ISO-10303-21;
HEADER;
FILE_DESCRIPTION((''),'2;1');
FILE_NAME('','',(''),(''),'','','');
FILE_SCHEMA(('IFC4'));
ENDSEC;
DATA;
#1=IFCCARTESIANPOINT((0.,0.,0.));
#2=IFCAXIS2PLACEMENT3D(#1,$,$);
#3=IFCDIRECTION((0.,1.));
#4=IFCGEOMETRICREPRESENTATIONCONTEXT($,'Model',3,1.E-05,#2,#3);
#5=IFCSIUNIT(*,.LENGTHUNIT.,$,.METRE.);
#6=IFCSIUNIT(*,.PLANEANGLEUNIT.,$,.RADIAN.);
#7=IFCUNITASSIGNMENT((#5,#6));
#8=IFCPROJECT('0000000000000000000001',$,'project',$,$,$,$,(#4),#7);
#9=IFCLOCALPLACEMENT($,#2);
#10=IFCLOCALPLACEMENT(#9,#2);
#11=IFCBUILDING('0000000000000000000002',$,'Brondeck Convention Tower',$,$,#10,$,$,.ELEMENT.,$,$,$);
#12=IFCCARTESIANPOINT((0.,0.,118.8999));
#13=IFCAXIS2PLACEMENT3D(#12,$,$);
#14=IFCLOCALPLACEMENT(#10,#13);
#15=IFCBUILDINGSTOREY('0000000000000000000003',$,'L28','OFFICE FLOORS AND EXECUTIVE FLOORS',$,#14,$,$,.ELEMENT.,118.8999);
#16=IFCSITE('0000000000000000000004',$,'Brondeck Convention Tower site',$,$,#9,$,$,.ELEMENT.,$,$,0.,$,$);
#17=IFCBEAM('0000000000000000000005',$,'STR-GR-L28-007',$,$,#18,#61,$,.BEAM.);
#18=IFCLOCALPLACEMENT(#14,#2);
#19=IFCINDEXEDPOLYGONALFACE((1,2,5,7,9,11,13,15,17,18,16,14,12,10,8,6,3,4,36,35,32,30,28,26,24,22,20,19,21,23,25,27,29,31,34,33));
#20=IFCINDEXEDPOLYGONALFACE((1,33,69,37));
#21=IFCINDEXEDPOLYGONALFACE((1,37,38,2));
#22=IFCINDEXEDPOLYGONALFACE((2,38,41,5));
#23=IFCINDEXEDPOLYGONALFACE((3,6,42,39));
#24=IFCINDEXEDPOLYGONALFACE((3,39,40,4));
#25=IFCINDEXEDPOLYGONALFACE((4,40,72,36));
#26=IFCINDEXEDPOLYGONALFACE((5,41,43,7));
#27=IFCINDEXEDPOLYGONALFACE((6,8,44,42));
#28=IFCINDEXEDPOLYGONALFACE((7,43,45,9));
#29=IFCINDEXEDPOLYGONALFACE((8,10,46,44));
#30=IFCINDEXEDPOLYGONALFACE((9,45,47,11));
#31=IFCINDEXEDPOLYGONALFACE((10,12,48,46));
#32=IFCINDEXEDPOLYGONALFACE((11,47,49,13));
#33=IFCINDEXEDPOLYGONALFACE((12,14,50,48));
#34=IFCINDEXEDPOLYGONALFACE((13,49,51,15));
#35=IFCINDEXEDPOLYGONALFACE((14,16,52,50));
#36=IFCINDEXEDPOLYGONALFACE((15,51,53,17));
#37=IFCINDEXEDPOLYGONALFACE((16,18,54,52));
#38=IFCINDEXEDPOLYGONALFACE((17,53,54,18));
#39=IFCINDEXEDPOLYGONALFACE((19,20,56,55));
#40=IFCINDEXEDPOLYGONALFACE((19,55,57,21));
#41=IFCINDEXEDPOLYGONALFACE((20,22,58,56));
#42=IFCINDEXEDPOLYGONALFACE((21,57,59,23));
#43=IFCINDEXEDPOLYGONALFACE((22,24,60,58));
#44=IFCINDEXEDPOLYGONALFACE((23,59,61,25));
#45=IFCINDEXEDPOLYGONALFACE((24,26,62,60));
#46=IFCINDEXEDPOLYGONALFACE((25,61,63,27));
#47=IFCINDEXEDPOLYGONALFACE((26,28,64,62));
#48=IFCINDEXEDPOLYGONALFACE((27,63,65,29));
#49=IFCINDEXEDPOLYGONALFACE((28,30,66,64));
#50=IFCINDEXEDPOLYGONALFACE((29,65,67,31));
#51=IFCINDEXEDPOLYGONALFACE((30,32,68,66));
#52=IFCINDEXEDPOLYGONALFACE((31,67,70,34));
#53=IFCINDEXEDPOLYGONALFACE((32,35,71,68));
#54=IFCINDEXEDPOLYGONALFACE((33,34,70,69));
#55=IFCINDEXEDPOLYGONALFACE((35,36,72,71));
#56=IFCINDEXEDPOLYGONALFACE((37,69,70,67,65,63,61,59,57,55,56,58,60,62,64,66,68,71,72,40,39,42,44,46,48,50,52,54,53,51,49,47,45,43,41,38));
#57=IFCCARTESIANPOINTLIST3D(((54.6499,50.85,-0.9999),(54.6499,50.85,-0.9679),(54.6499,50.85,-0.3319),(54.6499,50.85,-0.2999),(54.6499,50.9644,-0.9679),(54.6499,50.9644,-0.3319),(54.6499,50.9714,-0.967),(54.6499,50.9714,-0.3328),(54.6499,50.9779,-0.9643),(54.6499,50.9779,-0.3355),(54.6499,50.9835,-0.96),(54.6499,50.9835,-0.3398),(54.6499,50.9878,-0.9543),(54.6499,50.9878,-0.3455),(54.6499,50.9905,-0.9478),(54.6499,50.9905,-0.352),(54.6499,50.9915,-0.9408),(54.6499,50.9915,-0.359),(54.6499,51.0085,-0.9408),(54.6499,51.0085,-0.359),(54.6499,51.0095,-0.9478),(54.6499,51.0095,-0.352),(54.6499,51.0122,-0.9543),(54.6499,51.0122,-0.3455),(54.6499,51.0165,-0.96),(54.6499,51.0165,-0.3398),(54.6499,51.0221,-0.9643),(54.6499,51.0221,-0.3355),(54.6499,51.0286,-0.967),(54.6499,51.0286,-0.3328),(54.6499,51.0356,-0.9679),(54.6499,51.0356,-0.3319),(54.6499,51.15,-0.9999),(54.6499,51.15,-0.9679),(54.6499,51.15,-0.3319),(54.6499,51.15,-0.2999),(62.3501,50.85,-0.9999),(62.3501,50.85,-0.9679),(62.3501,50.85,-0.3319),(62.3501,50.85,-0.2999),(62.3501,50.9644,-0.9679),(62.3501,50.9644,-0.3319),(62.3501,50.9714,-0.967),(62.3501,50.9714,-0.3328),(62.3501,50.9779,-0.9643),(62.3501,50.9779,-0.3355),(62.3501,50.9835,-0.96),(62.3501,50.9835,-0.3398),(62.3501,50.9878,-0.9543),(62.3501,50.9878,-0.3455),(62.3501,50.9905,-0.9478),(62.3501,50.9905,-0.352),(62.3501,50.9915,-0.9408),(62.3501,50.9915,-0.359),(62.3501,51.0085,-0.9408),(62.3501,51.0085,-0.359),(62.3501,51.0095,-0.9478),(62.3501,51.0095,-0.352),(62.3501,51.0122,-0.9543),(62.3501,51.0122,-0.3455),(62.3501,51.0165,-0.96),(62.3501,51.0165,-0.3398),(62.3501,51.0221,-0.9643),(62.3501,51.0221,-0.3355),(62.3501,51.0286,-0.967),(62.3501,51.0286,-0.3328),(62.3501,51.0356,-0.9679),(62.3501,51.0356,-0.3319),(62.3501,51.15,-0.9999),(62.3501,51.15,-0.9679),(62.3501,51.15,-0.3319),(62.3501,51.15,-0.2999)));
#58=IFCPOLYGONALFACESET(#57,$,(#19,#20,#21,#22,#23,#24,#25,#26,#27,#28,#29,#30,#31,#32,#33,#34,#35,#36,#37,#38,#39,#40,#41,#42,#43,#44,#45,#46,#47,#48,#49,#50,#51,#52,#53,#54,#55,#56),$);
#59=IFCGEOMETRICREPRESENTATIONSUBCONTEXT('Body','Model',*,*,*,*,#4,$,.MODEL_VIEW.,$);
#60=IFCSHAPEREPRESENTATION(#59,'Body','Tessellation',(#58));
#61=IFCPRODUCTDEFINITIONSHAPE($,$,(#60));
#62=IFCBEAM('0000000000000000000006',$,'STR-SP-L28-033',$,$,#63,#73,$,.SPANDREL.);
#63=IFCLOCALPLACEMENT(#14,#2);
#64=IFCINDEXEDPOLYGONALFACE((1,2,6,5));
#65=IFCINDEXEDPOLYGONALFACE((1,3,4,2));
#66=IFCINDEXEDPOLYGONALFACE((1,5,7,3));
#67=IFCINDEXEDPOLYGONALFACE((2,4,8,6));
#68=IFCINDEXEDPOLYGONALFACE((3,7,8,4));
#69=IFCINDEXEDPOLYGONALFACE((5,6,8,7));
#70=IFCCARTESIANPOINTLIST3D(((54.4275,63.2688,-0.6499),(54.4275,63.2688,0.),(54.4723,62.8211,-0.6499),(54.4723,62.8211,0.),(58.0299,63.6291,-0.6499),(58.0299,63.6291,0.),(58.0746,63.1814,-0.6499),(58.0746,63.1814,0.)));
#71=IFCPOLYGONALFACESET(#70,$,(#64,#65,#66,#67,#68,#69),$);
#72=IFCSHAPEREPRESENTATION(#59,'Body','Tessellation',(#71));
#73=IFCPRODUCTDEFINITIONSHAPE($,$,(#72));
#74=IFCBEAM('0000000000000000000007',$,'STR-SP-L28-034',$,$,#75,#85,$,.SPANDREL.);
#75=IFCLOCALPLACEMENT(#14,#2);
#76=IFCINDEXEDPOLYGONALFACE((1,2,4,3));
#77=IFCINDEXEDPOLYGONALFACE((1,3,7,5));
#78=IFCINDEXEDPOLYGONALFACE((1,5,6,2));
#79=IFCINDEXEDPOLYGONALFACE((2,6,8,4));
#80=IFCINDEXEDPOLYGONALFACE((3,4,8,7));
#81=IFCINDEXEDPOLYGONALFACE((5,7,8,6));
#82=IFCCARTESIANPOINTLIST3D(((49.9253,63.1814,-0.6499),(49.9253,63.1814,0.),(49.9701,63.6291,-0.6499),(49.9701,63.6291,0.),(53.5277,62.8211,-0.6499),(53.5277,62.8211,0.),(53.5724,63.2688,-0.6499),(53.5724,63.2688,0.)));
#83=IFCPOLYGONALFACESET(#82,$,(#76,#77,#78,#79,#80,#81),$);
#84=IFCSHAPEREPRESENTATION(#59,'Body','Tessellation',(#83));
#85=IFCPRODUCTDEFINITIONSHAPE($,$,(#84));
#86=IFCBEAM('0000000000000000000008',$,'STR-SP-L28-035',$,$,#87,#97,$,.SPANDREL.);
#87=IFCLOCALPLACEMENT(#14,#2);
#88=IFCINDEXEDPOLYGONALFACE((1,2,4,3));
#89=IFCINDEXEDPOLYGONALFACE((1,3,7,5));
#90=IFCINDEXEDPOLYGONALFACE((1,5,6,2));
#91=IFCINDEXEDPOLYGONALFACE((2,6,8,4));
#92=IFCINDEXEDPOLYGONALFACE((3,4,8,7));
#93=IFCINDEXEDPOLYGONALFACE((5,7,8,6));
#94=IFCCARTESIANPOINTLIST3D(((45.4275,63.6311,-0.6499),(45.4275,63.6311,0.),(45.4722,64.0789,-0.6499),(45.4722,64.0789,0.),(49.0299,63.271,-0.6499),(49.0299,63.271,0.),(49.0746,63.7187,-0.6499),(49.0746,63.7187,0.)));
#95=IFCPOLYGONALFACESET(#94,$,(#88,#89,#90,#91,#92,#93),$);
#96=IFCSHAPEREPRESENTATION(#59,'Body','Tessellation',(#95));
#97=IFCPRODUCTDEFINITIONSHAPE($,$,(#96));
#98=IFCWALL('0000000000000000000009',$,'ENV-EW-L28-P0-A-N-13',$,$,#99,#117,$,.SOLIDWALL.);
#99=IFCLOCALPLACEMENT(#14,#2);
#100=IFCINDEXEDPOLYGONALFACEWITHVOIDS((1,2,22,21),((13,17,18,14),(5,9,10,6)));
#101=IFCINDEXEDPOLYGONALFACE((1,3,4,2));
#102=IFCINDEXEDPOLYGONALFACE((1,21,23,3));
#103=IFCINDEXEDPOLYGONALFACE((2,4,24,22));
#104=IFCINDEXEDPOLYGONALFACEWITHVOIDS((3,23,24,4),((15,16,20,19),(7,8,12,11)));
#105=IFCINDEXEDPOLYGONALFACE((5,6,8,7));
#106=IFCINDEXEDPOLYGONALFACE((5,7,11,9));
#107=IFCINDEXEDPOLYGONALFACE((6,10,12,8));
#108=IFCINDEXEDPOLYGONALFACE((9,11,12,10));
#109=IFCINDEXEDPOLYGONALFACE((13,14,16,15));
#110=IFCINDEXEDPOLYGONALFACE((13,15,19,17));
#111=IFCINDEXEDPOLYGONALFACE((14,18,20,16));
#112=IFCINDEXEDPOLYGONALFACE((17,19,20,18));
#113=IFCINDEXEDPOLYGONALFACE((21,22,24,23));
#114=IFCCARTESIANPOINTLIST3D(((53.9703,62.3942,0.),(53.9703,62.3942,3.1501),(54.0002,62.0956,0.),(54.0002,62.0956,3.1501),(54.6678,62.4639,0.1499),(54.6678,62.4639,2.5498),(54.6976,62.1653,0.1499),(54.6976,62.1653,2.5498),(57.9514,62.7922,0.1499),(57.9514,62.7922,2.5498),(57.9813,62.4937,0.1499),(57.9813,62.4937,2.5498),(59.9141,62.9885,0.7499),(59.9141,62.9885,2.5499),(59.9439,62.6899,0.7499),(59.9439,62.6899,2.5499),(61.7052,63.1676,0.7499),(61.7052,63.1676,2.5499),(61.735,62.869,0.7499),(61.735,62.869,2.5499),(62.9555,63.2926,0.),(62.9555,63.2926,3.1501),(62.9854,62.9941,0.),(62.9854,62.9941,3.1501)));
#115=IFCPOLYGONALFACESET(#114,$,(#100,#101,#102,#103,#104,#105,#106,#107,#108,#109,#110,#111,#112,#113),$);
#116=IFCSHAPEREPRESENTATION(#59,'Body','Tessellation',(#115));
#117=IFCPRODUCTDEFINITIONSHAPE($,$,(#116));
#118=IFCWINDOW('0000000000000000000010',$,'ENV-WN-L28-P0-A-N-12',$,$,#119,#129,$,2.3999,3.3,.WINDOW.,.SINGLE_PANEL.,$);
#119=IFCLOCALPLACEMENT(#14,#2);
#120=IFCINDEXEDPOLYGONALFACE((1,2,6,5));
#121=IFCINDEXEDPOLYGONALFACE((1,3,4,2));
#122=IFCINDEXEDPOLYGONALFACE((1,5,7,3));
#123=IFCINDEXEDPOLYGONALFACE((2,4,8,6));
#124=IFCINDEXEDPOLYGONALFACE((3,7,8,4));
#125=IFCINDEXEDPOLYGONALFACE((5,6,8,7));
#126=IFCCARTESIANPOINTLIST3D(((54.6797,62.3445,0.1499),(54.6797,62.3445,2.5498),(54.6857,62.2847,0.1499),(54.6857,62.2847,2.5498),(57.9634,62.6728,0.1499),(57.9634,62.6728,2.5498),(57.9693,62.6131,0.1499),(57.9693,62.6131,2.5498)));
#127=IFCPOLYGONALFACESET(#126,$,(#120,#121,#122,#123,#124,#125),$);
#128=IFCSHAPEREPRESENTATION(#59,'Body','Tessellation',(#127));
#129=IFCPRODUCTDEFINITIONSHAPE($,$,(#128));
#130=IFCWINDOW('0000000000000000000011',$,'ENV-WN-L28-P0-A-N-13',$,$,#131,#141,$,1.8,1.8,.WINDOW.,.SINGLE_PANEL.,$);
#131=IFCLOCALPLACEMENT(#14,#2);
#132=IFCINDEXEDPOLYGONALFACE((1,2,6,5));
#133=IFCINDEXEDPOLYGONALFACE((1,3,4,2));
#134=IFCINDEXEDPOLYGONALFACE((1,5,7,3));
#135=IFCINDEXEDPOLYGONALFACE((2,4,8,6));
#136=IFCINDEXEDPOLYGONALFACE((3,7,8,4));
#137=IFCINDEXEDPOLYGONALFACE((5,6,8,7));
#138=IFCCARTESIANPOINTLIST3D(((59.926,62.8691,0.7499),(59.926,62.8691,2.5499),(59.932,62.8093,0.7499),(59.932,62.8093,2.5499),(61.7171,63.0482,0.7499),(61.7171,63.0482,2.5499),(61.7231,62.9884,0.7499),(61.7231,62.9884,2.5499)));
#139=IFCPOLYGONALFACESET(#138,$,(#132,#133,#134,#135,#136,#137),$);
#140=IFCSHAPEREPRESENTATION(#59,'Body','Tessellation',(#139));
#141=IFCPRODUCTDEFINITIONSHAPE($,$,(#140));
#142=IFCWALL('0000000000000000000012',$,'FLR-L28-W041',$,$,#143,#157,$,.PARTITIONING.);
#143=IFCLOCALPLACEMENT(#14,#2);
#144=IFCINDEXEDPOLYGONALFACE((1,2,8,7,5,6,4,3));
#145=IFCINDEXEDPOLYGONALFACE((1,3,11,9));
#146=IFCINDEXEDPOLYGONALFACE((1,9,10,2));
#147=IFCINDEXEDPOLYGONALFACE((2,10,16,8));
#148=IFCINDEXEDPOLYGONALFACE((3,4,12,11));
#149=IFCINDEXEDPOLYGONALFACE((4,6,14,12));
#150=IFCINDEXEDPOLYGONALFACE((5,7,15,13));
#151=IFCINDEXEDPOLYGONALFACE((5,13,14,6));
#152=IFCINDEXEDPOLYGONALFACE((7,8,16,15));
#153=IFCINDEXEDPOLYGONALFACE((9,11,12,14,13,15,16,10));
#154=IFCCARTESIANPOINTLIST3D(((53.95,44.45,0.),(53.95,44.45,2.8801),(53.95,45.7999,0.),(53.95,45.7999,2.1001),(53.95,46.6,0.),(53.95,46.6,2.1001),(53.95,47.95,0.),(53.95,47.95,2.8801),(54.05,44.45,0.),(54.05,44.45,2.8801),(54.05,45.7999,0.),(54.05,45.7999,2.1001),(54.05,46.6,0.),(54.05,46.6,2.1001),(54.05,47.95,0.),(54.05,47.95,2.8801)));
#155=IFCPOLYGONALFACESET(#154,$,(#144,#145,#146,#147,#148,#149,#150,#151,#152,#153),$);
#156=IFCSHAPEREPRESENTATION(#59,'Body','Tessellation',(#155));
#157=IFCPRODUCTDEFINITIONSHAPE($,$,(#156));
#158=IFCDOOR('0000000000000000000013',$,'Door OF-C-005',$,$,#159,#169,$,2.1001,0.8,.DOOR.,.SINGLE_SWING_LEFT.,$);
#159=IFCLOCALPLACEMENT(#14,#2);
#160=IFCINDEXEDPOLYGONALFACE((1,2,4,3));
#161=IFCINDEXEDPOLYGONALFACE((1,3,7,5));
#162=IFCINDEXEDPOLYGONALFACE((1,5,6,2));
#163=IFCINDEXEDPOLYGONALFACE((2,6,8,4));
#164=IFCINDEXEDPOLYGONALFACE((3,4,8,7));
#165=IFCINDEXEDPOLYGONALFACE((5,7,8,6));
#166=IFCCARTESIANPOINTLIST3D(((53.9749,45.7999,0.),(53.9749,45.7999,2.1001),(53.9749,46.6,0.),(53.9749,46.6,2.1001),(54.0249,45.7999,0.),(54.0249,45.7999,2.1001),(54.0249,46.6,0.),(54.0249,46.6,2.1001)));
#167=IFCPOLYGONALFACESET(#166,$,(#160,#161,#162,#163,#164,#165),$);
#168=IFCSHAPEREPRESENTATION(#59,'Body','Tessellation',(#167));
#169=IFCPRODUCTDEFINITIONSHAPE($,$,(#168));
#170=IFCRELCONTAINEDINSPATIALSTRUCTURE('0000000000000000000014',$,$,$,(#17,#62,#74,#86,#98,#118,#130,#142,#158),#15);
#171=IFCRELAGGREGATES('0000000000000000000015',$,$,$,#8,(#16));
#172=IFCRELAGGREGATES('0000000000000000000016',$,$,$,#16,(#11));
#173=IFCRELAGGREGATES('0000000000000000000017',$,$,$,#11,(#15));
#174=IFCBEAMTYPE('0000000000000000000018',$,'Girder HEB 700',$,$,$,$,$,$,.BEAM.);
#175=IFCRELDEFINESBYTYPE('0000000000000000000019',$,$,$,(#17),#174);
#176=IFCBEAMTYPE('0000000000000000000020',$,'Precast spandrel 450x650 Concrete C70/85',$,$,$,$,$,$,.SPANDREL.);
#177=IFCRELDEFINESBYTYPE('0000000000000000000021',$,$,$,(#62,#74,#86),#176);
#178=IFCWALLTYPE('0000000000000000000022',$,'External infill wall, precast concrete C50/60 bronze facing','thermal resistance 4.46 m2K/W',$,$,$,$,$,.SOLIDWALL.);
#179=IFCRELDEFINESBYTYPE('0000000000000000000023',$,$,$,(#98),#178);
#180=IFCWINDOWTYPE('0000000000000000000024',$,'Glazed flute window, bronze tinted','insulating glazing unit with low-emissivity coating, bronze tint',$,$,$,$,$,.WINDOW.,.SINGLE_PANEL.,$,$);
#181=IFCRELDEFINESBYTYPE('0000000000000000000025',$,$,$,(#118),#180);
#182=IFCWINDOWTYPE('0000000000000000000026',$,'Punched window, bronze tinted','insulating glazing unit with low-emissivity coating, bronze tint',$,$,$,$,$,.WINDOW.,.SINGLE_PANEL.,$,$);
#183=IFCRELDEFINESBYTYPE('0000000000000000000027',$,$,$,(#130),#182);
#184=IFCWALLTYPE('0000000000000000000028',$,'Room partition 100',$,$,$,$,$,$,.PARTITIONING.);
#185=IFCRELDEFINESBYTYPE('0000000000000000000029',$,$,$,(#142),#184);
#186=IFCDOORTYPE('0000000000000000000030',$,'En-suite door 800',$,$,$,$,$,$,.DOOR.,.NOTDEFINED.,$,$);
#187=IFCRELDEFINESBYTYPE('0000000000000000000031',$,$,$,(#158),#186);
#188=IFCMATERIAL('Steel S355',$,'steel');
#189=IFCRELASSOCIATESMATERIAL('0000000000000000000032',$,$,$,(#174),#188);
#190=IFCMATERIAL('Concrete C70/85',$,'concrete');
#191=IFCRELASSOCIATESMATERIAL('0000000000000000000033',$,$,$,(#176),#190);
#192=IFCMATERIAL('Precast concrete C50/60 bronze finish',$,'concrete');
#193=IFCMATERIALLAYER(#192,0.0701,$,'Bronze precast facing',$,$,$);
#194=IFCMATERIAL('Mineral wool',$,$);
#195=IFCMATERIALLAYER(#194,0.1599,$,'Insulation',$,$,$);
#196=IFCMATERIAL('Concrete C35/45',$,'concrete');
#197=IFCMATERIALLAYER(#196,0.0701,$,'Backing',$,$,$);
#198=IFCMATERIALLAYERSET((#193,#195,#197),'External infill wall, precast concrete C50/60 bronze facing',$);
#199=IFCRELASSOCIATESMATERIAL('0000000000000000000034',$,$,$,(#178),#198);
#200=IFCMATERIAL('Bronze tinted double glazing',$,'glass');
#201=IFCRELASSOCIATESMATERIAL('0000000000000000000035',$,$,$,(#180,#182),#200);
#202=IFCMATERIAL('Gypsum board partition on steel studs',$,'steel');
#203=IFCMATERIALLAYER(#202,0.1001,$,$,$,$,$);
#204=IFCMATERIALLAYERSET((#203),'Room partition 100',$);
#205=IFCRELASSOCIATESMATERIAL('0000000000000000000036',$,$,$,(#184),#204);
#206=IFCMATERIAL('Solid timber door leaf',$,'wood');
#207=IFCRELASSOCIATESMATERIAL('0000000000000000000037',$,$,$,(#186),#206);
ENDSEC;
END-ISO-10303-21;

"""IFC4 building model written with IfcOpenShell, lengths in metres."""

from ifc_helpers import new_model, si_unit, direction, frame, frame_2d, origin, origin_2d, place, context, subcontext, project, spatial, rectangle, i_section, extrude, material, layer, layer_set, material_profile, profile_set, type_object, element, fill, save


model = new_model("IFC4")

# Units and contexts
model_context = context("Model", 3, precision=1e-05, world=origin(), true_north=direction((0.0, 1.0)))
body_context = subcontext(model_context, "Body", "Model", "MODEL_VIEW")
ifc_project = project(units=[si_unit("LENGTHUNIT", "METRE"), si_unit("PLANEANGLEUNIT", "RADIAN")], contexts=[model_context])

# Site, building, storey
site_placement = place(None, origin())
site = spatial("IfcSite", under=ifc_project, at=site_placement, Name="Brondeck Convention Tower site", CompositionType="ELEMENT", RefElevation=0.0)
building_placement = place(site_placement, origin())
building = spatial("IfcBuilding", under=site, at=building_placement, Name="Brondeck Convention Tower", CompositionType="ELEMENT")
storey_placement = place(building_placement, frame((0.0, 0.0, 118.8999)))
storey = spatial("IfcBuildingStorey", under=building, at=storey_placement, Name="L28", Description="OFFICE FLOORS AND EXECUTIVE FLOORS", CompositionType="ELEMENT", Elevation=118.8999)

# Shared definitions
ifc_material_1 = material(Name="Concrete C70/85", Category="concrete")

# Beams
ifc_material_2 = material(Name="Steel S355", Category="steel")
ifc_material_profile_1 = material_profile(ifc_material_2, i_section(OverallWidth=0.3, OverallDepth=0.7, WebThickness=0.0171, FlangeThickness=0.032, FilletRadius=0.0271, at=origin_2d()), Name="HEB 700")
ifc_profile_set_1 = profile_set([ifc_material_profile_1], Name="Steel S355")
beam_type_1 = type_object("IfcBeamType", Name="Girder HEB 700", PredefinedType="BEAM", material=ifc_profile_set_1)
for number, where, z_axis, x_axis, name in (
    (1, (54.6499, 51.0, -0.6499), (1.0, 0.0, 0.0), (0.0, 1.0, 0.0), "STR-GR-L28-007"),
):
    element("IfcBeam", number, at=place(storey_placement, frame(where, z_axis=z_axis, x_axis=x_axis)), inside=storey, type_object=beam_type_1, Name=name, PredefinedType="BEAM", context=body_context, shape_type="SweptSolid", body=[
        extrude(i_section(OverallWidth=0.3, OverallDepth=0.7, WebThickness=0.0171, FlangeThickness=0.032, FilletRadius=0.0271, at=origin_2d()), origin(), (0.0, 0.0, 1.0), 7.7002),
    ])
ifc_material_profile_2 = material_profile(ifc_material_1, rectangle(XDim=0.45, YDim=0.6499, at=origin_2d()), Name="Precast spandrel 450x650 Concrete C70/85")
ifc_profile_set_2 = profile_set([ifc_material_profile_2], Name="Concrete C70/85")
beam_type_2 = type_object("IfcBeamType", Name="Precast spandrel 450x650 Concrete C70/85", PredefinedType="SPANDREL", material=ifc_profile_set_2)
for number, where, z_axis, x_axis, name in (
    (2, (58.0522, 63.4053, -0.325), (-0.995034, -0.099537, 0.0), (0.099537, -0.995034, 0.0), "STR-SP-L28-033"),
    (3, (53.55, 63.0449, -0.325), (-0.995034, 0.099537, 0.0), (-0.099537, -0.995034, 0.0), "STR-SP-L28-034"),
    (4, (49.0522, 63.4949, -0.325), (-0.995041, 0.09947, 0.0), (-0.09947, -0.995041, 0.0), "STR-SP-L28-035"),
):
    element("IfcBeam", number, at=place(storey_placement, frame(where, z_axis=z_axis, x_axis=x_axis)), inside=storey, type_object=beam_type_2, Name=name, PredefinedType="SPANDREL", context=body_context, shape_type="SweptSolid", body=[
        extrude(rectangle(XDim=0.45, YDim=0.6499, at=origin_2d()), origin(), (0.0, 0.0, 1.0), 3.6204),
    ])

# Wall, openings, windows
ifc_material_3 = material(Name="Precast concrete C50/60 bronze finish", Category="concrete")
ifc_layer_1 = layer(ifc_material_3, 0.0701, Name="Bronze precast facing")
ifc_material_4 = material(Name="Mineral wool")
ifc_layer_2 = layer(ifc_material_4, 0.1599, Name="Insulation")
ifc_material_5 = material(Name="Concrete C35/45", Category="concrete")
ifc_layer_3 = layer(ifc_material_5, 0.0701, Name="Backing")
ifc_layer_set_1 = layer_set([ifc_layer_1, ifc_layer_2, ifc_layer_3], Name="External infill wall, precast concrete C50/60 bronze facing")
wall_type_1 = type_object("IfcWallType", Name="External infill wall, precast concrete C50/60 bronze facing", Description="thermal resistance 4.46 m2K/W", PredefinedType="SOLIDWALL", material=ifc_layer_set_1)
wall_1_placement = place(storey_placement, frame((53.9851, 62.2449, 0.0), z_axis=(0.0, 0.0, 1.0), x_axis=(0.995038, 0.099496, 0.0)))
wall_1 = element("IfcWall", 5, at=wall_1_placement, inside=storey, type_object=wall_type_1, Name="ENV-EW-L28-P0-A-N-13", PredefinedType="SOLIDWALL", context=body_context, shape_type="SweptSolid", body=[
    extrude(rectangle(XDim=9.03, YDim=0.3, at=frame_2d((4.5151, 0.0))), origin(), (0.0, 0.0, 1.0), 3.1501),
])
opening_1_placement = place(wall_1_placement, frame((0.7012, 0.0, 0.1499)))
opening_1 = element("IfcOpeningElement", 6, at=opening_1_placement, cuts=wall_1, PredefinedType="OPENING", context=body_context, shape_type="SweptSolid", body=[
    extrude(rectangle(XDim=3.3, YDim=2.3999, at=frame_2d((1.6499, 1.2))), frame((0.0, 0.1599, 0.0), z_axis=(0.0, -1.0, 0.0), x_axis=(1.0, 0.0, 0.0)), (0.0, 0.0, 1.0), 0.3201),
])
opening_2_placement = place(wall_1_placement, frame((5.9736, 0.0, 0.75)))
opening_2 = element("IfcOpeningElement", 7, at=opening_2_placement, cuts=wall_1, PredefinedType="OPENING", context=body_context, shape_type="SweptSolid", body=[
    extrude(rectangle(XDim=1.8, YDim=1.8, at=frame_2d((0.8999, 0.8999))), frame((0.0, 0.1599, 0.0), z_axis=(0.0, -1.0, 0.0), x_axis=(1.0, 0.0, 0.0)), (0.0, 0.0, 1.0), 0.3201),
])
ifc_material_6 = material(Name="Bronze tinted double glazing", Category="glass")
window_type_1 = type_object("IfcWindowType", Name="Glazed flute window, bronze tinted", Description="insulating glazing unit with low-emissivity coating, bronze tint", PartitioningType="SINGLE_PANEL", PredefinedType="WINDOW", material=ifc_material_6)
window_1_placement = place(opening_1_placement, origin())
window_1 = element("IfcWindow", 8, at=window_1_placement, inside=storey, type_object=window_type_1, Name="ENV-WN-L28-P0-A-N-12", OverallHeight=2.3999, OverallWidth=3.3, PartitioningType="SINGLE_PANEL", PredefinedType="WINDOW", context=body_context, shape_type="SweptSolid", body=[
    extrude(rectangle(XDim=3.3, YDim=2.3999, at=frame_2d((1.6499, 1.2))), frame((0.0, 0.03, 0.0), z_axis=(0.0, -1.0, 0.0), x_axis=(1.0, 0.0, 0.0)), (0.0, 0.0, 1.0), 0.0601),
])
fill(opening_1, window_1)
window_type_2 = type_object("IfcWindowType", Name="Punched window, bronze tinted", Description="insulating glazing unit with low-emissivity coating, bronze tint", PartitioningType="SINGLE_PANEL", PredefinedType="WINDOW", material=ifc_material_6)
window_2_placement = place(opening_2_placement, origin())
window_2 = element("IfcWindow", 9, at=window_2_placement, inside=storey, type_object=window_type_2, Name="ENV-WN-L28-P0-A-N-13", OverallHeight=1.8, OverallWidth=1.8, PartitioningType="SINGLE_PANEL", PredefinedType="WINDOW", context=body_context, shape_type="SweptSolid", body=[
    extrude(rectangle(XDim=1.8, YDim=1.8, at=frame_2d((0.8999, 0.8999))), frame((0.0, 0.03, 0.0), z_axis=(0.0, -1.0, 0.0), x_axis=(1.0, 0.0, 0.0)), (0.0, 0.0, 1.0), 0.0601),
])
fill(opening_2, window_2)

# Wall, opening, door
ifc_material_7 = material(Name="Gypsum board partition on steel studs", Category="steel")
ifc_layer_4 = layer(ifc_material_7, 0.1001)
ifc_layer_set_2 = layer_set([ifc_layer_4], Name="Room partition 100")
wall_type_2 = type_object("IfcWallType", Name="Room partition 100", PredefinedType="PARTITIONING", material=ifc_layer_set_2)
wall_2_placement = place(storey_placement, frame((54.0, 47.95, 0.0), z_axis=(0.0, 0.0, 1.0), x_axis=(0.0, -1.0, 0.0)))
wall_2 = element("IfcWall", 10, at=wall_2_placement, inside=storey, type_object=wall_type_2, Name="FLR-L28-W041", PredefinedType="PARTITIONING", context=body_context, shape_type="SweptSolid", body=[
    extrude(rectangle(XDim=3.5, YDim=0.1001, at=frame_2d((1.75, 0.0))), origin(), (0.0, 0.0, 1.0), 2.8801),
])
opening_3_placement = place(wall_2_placement, frame((1.3501, 0.0, 0.0)))
opening_3 = element("IfcOpeningElement", 11, at=opening_3_placement, cuts=wall_2, PredefinedType="OPENING", context=body_context, shape_type="SweptSolid", body=[
    extrude(rectangle(XDim=0.8, YDim=2.1001, at=frame_2d((0.3999, 1.05))), frame((0.0, 0.0601, 0.0), z_axis=(0.0, -1.0, 0.0), x_axis=(1.0, 0.0, 0.0)), (0.0, 0.0, 1.0), 0.1201),
])
ifc_material_8 = material(Name="Solid timber door leaf", Category="wood")
door_type_1 = type_object("IfcDoorType", Name="En-suite door 800", OperationType="NOTDEFINED", PredefinedType="DOOR", material=ifc_material_8)
door_1_placement = place(opening_3_placement, origin())
door_1 = element("IfcDoor", 12, at=door_1_placement, inside=storey, type_object=door_type_1, Name="Door OF-C-005", OperationType="SINGLE_SWING_LEFT", OverallHeight=2.1001, OverallWidth=0.8, PredefinedType="DOOR", context=body_context, shape_type="SweptSolid", body=[
    extrude(rectangle(XDim=0.8, YDim=2.1001, at=frame_2d((0.3999, 1.05))), frame((0.0, 0.0249, 0.0), z_axis=(0.0, -1.0, 0.0), x_axis=(1.0, 0.0, 0.0)), (0.0, 0.0, 1.0), 0.05),
])
fill(opening_3, door_1)

save(model, "model.ifc")
